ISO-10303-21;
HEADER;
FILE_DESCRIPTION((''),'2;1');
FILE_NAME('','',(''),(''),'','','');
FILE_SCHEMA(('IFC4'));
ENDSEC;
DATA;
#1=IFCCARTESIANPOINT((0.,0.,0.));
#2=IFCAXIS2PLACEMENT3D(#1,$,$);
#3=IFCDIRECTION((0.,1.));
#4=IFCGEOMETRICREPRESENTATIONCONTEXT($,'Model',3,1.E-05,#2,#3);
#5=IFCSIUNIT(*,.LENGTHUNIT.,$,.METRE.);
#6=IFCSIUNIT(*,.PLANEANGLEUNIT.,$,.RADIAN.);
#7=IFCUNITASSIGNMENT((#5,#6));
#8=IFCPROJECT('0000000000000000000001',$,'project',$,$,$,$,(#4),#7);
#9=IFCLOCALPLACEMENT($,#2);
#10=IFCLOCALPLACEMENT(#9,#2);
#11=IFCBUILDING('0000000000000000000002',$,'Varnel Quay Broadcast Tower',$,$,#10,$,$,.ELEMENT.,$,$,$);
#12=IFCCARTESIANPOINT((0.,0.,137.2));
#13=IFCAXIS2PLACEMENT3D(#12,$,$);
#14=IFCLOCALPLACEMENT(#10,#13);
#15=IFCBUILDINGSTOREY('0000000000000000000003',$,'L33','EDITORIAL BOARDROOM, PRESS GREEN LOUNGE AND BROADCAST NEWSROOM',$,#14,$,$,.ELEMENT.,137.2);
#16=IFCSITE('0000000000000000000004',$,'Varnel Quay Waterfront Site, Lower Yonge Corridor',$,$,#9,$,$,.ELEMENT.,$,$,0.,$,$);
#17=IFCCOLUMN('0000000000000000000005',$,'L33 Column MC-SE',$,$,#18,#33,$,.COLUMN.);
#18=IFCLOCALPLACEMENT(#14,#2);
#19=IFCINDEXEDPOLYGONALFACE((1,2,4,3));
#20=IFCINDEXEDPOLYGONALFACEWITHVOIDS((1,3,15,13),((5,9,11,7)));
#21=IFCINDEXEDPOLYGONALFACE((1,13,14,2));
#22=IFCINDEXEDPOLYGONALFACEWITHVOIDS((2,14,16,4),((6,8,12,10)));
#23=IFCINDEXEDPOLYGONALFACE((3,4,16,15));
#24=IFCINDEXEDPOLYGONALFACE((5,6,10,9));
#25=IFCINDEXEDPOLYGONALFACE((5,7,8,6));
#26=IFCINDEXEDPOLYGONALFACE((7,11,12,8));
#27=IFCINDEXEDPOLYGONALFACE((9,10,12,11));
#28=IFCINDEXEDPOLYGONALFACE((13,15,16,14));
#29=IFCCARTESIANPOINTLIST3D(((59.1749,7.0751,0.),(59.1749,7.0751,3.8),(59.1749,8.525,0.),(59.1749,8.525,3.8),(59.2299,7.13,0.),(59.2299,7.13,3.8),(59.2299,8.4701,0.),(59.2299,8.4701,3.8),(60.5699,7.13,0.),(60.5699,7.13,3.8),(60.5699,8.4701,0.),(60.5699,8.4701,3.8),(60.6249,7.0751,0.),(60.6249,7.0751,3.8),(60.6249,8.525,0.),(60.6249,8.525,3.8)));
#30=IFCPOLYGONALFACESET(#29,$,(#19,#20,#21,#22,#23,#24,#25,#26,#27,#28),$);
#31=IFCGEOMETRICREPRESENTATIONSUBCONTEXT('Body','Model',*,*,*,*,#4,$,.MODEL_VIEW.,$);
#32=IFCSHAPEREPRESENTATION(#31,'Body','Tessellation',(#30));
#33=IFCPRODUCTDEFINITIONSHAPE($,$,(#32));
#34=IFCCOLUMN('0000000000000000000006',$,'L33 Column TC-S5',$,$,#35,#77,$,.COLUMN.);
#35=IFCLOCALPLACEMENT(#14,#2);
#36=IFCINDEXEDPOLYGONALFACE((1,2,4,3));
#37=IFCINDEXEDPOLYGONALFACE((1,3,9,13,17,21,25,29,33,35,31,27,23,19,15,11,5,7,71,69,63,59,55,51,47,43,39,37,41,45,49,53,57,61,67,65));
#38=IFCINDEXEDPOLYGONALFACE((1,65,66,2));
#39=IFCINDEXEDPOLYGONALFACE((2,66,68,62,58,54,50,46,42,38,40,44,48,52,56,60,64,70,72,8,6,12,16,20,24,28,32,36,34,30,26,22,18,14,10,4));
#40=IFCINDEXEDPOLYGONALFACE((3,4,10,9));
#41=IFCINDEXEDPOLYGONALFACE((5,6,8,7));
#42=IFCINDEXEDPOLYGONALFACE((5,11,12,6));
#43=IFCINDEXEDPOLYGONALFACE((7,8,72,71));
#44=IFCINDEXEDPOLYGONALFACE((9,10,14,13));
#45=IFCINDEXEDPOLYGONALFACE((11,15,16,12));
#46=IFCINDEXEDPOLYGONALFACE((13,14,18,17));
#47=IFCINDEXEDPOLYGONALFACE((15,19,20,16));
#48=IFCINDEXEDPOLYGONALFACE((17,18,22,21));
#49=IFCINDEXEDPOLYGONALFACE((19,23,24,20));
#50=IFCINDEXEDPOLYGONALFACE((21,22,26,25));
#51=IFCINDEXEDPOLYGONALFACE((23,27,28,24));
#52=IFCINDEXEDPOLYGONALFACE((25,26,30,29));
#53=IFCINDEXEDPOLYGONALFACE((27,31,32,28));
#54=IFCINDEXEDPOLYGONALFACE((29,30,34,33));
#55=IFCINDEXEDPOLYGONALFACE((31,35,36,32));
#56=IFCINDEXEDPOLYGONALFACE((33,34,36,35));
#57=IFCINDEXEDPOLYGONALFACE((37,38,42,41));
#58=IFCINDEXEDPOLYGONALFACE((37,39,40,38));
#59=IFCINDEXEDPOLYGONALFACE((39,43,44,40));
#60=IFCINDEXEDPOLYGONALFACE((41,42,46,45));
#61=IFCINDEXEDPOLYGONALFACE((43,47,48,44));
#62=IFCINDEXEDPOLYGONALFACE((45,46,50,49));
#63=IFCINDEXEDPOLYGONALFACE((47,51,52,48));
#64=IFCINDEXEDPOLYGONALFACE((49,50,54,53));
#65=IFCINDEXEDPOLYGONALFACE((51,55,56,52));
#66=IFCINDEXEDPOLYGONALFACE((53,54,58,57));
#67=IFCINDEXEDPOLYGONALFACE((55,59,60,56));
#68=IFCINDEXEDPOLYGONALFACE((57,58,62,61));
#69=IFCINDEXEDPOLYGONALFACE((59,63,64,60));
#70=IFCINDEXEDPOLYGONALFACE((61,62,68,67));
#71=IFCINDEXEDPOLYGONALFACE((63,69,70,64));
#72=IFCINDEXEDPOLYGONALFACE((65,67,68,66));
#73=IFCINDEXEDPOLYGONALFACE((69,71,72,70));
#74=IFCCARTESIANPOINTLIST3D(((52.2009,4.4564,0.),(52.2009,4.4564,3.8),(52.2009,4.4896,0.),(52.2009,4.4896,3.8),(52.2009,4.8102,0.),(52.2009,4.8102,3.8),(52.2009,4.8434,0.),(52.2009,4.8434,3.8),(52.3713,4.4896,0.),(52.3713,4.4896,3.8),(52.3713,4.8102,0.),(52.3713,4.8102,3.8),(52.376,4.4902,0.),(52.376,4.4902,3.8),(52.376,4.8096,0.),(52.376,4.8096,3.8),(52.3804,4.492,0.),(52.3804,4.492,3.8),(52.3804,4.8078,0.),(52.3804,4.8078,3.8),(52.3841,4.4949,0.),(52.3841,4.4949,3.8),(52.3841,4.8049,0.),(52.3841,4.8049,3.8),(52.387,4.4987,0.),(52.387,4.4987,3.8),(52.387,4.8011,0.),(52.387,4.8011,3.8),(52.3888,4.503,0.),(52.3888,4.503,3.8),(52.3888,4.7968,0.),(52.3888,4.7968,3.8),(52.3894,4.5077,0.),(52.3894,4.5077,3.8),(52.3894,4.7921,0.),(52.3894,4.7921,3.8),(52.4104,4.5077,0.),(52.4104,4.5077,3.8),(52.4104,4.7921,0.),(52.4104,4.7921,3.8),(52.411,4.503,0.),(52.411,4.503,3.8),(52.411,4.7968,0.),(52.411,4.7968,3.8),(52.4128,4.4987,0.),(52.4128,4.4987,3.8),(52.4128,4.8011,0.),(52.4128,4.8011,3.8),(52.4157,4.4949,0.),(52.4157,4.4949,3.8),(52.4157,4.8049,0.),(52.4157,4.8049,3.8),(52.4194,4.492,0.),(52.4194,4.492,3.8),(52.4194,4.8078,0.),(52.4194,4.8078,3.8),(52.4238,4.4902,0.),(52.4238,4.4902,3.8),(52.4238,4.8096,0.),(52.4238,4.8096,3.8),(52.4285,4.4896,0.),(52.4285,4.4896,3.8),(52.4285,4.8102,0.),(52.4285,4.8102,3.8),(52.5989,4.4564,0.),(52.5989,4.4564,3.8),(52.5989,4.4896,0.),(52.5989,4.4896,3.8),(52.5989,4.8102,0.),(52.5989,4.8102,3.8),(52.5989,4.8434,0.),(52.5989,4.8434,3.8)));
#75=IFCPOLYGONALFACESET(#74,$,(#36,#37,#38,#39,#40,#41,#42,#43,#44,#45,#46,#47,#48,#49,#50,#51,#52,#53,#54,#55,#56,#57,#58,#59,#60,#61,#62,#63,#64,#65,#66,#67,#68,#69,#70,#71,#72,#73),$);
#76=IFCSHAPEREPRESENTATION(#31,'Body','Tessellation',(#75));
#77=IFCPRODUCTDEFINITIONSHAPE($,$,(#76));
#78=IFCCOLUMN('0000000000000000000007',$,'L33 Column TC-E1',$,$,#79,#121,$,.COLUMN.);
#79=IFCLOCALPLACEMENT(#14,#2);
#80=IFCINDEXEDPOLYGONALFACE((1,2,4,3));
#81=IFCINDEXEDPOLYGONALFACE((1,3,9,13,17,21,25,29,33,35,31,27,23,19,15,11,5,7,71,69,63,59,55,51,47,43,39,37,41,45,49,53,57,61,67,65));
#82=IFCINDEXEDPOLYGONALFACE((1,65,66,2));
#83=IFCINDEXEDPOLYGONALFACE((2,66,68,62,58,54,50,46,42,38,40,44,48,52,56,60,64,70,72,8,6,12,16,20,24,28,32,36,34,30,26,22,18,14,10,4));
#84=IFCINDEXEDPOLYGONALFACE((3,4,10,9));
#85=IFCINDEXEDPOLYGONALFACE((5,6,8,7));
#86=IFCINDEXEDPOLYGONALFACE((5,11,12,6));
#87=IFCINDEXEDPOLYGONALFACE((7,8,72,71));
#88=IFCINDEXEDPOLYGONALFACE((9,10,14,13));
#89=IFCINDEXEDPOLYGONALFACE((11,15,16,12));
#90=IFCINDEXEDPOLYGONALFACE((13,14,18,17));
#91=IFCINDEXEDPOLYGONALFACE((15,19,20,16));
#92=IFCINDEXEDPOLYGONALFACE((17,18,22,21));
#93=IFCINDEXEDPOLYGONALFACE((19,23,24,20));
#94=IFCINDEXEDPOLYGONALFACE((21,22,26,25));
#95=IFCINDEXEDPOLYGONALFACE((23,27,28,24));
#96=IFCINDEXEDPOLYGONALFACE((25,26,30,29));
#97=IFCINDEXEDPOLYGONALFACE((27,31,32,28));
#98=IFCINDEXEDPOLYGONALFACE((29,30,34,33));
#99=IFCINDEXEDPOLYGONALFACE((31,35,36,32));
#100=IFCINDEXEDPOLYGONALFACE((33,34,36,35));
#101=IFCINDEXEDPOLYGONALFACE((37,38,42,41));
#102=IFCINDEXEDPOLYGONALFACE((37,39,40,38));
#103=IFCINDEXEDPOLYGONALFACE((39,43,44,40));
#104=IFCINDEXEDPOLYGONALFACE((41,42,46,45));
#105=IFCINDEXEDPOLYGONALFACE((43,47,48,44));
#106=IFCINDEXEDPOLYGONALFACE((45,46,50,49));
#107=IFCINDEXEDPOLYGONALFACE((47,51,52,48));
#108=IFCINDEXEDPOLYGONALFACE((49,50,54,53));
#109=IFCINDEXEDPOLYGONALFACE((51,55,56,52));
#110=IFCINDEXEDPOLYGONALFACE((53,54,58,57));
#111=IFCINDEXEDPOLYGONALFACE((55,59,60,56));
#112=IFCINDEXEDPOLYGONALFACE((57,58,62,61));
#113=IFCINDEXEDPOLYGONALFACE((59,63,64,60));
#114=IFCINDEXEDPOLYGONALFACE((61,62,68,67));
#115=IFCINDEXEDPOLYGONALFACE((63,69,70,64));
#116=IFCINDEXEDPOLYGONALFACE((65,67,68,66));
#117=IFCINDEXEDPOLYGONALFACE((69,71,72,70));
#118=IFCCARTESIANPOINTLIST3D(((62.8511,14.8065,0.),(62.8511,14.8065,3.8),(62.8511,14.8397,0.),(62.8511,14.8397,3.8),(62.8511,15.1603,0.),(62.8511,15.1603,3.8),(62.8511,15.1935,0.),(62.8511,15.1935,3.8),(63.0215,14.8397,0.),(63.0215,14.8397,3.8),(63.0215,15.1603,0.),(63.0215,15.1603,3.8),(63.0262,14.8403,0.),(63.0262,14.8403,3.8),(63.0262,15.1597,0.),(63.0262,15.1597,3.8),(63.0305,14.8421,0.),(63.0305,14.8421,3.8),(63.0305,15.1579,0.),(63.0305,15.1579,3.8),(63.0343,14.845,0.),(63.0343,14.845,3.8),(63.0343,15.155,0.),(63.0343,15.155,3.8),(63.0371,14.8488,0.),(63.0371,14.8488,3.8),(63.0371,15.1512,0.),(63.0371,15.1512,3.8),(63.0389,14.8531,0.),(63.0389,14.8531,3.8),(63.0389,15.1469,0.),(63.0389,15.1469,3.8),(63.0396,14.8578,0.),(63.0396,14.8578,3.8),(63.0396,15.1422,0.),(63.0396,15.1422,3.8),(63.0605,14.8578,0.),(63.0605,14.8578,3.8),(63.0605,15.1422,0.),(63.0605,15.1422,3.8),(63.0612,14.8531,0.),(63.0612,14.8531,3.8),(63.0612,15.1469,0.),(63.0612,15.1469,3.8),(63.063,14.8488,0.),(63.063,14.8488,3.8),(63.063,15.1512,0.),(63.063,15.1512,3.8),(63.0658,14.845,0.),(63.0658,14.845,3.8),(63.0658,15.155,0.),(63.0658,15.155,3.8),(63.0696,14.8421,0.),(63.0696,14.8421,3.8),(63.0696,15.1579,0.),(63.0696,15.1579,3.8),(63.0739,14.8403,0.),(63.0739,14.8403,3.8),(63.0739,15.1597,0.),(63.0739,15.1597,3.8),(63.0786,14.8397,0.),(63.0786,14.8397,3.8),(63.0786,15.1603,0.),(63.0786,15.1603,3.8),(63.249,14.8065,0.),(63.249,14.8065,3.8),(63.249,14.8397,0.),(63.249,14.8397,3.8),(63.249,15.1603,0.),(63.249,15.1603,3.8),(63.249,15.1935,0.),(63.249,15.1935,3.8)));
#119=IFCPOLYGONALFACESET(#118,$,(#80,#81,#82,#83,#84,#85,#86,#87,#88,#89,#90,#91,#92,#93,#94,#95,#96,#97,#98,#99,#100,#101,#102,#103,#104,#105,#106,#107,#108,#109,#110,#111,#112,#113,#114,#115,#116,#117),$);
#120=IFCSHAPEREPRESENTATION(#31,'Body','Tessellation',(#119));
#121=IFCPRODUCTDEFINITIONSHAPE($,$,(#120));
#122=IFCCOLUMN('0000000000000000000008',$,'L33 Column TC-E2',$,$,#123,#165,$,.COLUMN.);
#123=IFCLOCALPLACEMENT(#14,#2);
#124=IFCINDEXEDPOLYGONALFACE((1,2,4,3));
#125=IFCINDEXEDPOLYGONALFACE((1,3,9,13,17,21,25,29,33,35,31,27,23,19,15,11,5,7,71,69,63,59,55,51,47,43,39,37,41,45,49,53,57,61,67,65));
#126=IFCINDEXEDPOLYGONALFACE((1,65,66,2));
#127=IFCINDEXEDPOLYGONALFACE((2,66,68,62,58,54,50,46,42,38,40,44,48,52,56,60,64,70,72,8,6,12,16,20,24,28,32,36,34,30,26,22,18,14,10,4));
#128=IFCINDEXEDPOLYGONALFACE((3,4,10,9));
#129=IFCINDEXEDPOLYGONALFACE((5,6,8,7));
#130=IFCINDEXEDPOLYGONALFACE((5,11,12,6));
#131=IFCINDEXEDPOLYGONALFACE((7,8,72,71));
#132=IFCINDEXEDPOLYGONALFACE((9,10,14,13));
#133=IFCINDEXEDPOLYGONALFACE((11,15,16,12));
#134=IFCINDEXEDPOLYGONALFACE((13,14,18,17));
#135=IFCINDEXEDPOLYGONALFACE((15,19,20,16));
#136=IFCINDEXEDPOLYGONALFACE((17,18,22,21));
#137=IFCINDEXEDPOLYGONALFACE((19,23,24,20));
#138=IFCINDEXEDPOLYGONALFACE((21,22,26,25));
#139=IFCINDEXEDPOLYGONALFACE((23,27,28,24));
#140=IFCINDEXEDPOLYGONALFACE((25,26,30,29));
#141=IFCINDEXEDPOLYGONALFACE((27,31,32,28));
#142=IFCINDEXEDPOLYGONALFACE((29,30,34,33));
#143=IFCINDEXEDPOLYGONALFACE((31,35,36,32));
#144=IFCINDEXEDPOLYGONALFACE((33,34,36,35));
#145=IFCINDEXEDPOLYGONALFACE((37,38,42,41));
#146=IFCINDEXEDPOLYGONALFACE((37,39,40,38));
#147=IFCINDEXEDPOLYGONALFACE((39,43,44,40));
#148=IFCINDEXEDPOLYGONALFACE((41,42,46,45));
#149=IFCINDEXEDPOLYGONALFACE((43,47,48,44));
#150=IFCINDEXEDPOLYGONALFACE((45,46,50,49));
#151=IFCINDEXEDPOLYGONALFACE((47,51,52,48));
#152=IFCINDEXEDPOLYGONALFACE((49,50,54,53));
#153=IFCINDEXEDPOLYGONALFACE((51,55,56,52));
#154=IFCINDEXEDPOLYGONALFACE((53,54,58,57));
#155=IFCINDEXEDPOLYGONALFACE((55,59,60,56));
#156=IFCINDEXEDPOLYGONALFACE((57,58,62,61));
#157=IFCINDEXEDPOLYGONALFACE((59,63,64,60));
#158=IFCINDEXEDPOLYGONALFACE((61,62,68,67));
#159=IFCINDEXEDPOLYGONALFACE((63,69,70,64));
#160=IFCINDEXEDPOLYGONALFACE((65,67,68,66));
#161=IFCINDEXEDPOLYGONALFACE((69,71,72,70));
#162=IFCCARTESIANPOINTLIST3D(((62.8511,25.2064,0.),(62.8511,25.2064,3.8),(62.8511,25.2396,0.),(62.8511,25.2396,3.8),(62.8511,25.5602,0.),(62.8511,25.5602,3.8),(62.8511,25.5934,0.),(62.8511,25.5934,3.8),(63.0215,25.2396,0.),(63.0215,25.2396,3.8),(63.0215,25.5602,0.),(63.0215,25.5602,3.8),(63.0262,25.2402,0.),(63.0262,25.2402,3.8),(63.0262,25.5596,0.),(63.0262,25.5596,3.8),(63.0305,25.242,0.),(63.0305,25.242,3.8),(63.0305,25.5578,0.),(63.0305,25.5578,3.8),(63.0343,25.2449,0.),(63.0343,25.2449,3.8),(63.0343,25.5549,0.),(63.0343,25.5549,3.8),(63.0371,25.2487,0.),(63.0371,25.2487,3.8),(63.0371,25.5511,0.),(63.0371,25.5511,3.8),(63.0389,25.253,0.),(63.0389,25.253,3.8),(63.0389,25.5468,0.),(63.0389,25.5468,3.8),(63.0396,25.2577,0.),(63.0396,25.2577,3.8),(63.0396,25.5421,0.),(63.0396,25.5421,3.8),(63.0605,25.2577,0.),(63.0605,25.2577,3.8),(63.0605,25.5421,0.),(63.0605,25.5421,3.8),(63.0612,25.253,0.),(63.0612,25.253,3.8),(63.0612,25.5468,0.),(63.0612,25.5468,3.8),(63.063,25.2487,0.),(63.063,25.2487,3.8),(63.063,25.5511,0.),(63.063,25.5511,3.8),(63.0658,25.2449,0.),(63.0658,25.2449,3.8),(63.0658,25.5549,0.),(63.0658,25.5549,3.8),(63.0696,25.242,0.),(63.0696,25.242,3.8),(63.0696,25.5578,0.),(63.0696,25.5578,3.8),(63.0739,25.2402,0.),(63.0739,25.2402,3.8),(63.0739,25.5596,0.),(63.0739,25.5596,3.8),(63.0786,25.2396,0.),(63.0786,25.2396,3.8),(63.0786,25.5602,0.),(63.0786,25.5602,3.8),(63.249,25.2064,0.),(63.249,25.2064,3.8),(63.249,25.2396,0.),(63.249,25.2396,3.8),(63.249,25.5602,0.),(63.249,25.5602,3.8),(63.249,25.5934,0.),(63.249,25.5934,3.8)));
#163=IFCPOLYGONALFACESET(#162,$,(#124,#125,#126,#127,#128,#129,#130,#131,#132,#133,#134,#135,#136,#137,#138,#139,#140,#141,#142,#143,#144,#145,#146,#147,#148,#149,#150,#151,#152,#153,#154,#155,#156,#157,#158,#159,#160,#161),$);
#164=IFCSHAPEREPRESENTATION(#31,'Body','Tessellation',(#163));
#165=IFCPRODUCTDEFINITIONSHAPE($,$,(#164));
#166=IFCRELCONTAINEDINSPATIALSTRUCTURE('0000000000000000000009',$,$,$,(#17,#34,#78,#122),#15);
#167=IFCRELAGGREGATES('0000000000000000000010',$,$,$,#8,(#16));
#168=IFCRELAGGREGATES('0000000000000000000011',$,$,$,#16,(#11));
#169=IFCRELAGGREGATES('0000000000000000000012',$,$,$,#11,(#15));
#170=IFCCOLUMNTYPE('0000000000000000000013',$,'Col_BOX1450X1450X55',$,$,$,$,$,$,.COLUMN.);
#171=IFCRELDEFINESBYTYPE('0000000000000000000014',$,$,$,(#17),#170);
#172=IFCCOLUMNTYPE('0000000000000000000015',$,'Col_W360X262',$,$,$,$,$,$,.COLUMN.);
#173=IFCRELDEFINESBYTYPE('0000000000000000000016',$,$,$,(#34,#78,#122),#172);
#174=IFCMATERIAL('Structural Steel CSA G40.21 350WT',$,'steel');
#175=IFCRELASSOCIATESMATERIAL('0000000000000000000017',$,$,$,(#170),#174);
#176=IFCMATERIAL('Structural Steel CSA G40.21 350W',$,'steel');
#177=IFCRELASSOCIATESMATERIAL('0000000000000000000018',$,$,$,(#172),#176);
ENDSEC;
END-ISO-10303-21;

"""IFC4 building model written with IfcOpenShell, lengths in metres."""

from ifc_helpers import new_model, si_unit, direction, frame, origin, origin_2d, place, context, subcontext, project, spatial, hollow_rectangle, i_section, extrude, source, transform, mapped, material, material_profile, profile_set, type_object, type_shapes, element, save


model = new_model("IFC4")

# Units and contexts
model_context = context("Model", 3, precision=1e-05, world=origin(), true_north=direction((0.0, 1.0)))
body_context = subcontext(model_context, "Body", "Model", "MODEL_VIEW")
ifc_project = project(units=[si_unit("LENGTHUNIT", "METRE"), si_unit("PLANEANGLEUNIT", "RADIAN")], contexts=[model_context])

# Site, building, storey
site_placement = place(None, origin())
site = spatial("IfcSite", under=ifc_project, at=site_placement, Name="Varnel Quay Waterfront Site, Lower Yonge Corridor", CompositionType="ELEMENT", RefElevation=0.0)
building_placement = place(site_placement, origin())
building = spatial("IfcBuilding", under=site, at=building_placement, Name="Varnel Quay Broadcast Tower", CompositionType="ELEMENT")
storey_placement = place(building_placement, frame((0.0, 0.0, 137.2)))
storey = spatial("IfcBuildingStorey", under=building, at=storey_placement, Name="L33", Description="EDITORIAL BOARDROOM, PRESS GREEN LOUNGE AND BROADCAST NEWSROOM", CompositionType="ELEMENT", Elevation=137.2)

# Columns
ifc_material_1 = material(Name="Structural Steel CSA G40.21 350WT", Category="steel")
ifc_material_profile_1 = material_profile(ifc_material_1, hollow_rectangle(XDim=1.45, YDim=1.45, WallThickness=0.0549, at=origin_2d()), Name="BOX1450X1450X55")
ifc_profile_set_1 = profile_set([ifc_material_profile_1], Name="Structural Steel CSA G40.21 350WT")
column_type_1 = type_object("IfcColumnType", Name="Col_BOX1450X1450X55", PredefinedType="COLUMN", material=ifc_profile_set_1)
shared_shape_1 = source(origin(), body_context, "Body", "SweptSolid", [
    extrude(hollow_rectangle(XDim=1.45, YDim=1.45, WallThickness=0.0549, at=origin_2d()), origin(), (0.0, 0.0, 1.0), 3.8),
])
type_shapes(column_type_1, [shared_shape_1])
column_placement = place(storey_placement, frame((59.8999, 7.8, 0.0), z_axis=(0.0, 0.0, 1.0), x_axis=(1.0, 0.0, 0.0)))
element("IfcColumn", 1, at=column_placement, inside=storey, type_object=column_type_1, Name="L33 Column MC-SE", PredefinedType="COLUMN", context=body_context, shape_type="MappedRepresentation", body=[
    mapped(shared_shape_1, transform((0.0, 0.0, 0.0), x_axis=(1.0, 0.0, 0.0), y_axis=(0.0, 1.0, 0.0), z_axis=(0.0, 0.0, 1.0), scale=1.0)),
])
ifc_material_2 = material(Name="Structural Steel CSA G40.21 350W", Category="steel")
ifc_material_profile_2 = material_profile(ifc_material_2, i_section(OverallWidth=0.3979, OverallDepth=0.387, WebThickness=0.021, FlangeThickness=0.0332, FilletRadius=0.0181, at=origin_2d()), Name="W360X262")
ifc_profile_set_2 = profile_set([ifc_material_profile_2], Name="Structural Steel CSA G40.21 350W")
column_type_2 = type_object("IfcColumnType", Name="Col_W360X262", PredefinedType="COLUMN", material=ifc_profile_set_2)
shared_shape_2 = source(origin(), body_context, "Body", "SweptSolid", [
    extrude(i_section(OverallWidth=0.3979, OverallDepth=0.387, WebThickness=0.021, FlangeThickness=0.0332, FilletRadius=0.0181, at=origin_2d()), origin(), (0.0, 0.0, 1.0), 3.8),
])
type_shapes(column_type_2, [shared_shape_2])
for number, where, z_axis, x_axis, name in (
    (2, (52.3999, 4.6499, 0.0), (0.0, 0.0, 1.0), (1.0, 0.0, 0.0), "L33 Column TC-S5"),
    (3, (63.05, 15.0, 0.0), (0.0, 0.0, 1.0), (1.0, 0.0, 0.0), "L33 Column TC-E1"),
    (4, (63.05, 25.3999, 0.0), (0.0, 0.0, 1.0), (1.0, 0.0, 0.0), "L33 Column TC-E2"),
):
    element("IfcColumn", number, at=place(storey_placement, frame(where, z_axis=z_axis, x_axis=x_axis)), inside=storey, type_object=column_type_2, Name=name, PredefinedType="COLUMN", context=body_context, shape_type="MappedRepresentation", body=[
        mapped(shared_shape_2, transform((0.0, 0.0, 0.0), x_axis=(1.0, 0.0, 0.0), y_axis=(0.0, 1.0, 0.0), z_axis=(0.0, 0.0, 1.0), scale=1.0)),
    ])

save(model, "model.ifc")
